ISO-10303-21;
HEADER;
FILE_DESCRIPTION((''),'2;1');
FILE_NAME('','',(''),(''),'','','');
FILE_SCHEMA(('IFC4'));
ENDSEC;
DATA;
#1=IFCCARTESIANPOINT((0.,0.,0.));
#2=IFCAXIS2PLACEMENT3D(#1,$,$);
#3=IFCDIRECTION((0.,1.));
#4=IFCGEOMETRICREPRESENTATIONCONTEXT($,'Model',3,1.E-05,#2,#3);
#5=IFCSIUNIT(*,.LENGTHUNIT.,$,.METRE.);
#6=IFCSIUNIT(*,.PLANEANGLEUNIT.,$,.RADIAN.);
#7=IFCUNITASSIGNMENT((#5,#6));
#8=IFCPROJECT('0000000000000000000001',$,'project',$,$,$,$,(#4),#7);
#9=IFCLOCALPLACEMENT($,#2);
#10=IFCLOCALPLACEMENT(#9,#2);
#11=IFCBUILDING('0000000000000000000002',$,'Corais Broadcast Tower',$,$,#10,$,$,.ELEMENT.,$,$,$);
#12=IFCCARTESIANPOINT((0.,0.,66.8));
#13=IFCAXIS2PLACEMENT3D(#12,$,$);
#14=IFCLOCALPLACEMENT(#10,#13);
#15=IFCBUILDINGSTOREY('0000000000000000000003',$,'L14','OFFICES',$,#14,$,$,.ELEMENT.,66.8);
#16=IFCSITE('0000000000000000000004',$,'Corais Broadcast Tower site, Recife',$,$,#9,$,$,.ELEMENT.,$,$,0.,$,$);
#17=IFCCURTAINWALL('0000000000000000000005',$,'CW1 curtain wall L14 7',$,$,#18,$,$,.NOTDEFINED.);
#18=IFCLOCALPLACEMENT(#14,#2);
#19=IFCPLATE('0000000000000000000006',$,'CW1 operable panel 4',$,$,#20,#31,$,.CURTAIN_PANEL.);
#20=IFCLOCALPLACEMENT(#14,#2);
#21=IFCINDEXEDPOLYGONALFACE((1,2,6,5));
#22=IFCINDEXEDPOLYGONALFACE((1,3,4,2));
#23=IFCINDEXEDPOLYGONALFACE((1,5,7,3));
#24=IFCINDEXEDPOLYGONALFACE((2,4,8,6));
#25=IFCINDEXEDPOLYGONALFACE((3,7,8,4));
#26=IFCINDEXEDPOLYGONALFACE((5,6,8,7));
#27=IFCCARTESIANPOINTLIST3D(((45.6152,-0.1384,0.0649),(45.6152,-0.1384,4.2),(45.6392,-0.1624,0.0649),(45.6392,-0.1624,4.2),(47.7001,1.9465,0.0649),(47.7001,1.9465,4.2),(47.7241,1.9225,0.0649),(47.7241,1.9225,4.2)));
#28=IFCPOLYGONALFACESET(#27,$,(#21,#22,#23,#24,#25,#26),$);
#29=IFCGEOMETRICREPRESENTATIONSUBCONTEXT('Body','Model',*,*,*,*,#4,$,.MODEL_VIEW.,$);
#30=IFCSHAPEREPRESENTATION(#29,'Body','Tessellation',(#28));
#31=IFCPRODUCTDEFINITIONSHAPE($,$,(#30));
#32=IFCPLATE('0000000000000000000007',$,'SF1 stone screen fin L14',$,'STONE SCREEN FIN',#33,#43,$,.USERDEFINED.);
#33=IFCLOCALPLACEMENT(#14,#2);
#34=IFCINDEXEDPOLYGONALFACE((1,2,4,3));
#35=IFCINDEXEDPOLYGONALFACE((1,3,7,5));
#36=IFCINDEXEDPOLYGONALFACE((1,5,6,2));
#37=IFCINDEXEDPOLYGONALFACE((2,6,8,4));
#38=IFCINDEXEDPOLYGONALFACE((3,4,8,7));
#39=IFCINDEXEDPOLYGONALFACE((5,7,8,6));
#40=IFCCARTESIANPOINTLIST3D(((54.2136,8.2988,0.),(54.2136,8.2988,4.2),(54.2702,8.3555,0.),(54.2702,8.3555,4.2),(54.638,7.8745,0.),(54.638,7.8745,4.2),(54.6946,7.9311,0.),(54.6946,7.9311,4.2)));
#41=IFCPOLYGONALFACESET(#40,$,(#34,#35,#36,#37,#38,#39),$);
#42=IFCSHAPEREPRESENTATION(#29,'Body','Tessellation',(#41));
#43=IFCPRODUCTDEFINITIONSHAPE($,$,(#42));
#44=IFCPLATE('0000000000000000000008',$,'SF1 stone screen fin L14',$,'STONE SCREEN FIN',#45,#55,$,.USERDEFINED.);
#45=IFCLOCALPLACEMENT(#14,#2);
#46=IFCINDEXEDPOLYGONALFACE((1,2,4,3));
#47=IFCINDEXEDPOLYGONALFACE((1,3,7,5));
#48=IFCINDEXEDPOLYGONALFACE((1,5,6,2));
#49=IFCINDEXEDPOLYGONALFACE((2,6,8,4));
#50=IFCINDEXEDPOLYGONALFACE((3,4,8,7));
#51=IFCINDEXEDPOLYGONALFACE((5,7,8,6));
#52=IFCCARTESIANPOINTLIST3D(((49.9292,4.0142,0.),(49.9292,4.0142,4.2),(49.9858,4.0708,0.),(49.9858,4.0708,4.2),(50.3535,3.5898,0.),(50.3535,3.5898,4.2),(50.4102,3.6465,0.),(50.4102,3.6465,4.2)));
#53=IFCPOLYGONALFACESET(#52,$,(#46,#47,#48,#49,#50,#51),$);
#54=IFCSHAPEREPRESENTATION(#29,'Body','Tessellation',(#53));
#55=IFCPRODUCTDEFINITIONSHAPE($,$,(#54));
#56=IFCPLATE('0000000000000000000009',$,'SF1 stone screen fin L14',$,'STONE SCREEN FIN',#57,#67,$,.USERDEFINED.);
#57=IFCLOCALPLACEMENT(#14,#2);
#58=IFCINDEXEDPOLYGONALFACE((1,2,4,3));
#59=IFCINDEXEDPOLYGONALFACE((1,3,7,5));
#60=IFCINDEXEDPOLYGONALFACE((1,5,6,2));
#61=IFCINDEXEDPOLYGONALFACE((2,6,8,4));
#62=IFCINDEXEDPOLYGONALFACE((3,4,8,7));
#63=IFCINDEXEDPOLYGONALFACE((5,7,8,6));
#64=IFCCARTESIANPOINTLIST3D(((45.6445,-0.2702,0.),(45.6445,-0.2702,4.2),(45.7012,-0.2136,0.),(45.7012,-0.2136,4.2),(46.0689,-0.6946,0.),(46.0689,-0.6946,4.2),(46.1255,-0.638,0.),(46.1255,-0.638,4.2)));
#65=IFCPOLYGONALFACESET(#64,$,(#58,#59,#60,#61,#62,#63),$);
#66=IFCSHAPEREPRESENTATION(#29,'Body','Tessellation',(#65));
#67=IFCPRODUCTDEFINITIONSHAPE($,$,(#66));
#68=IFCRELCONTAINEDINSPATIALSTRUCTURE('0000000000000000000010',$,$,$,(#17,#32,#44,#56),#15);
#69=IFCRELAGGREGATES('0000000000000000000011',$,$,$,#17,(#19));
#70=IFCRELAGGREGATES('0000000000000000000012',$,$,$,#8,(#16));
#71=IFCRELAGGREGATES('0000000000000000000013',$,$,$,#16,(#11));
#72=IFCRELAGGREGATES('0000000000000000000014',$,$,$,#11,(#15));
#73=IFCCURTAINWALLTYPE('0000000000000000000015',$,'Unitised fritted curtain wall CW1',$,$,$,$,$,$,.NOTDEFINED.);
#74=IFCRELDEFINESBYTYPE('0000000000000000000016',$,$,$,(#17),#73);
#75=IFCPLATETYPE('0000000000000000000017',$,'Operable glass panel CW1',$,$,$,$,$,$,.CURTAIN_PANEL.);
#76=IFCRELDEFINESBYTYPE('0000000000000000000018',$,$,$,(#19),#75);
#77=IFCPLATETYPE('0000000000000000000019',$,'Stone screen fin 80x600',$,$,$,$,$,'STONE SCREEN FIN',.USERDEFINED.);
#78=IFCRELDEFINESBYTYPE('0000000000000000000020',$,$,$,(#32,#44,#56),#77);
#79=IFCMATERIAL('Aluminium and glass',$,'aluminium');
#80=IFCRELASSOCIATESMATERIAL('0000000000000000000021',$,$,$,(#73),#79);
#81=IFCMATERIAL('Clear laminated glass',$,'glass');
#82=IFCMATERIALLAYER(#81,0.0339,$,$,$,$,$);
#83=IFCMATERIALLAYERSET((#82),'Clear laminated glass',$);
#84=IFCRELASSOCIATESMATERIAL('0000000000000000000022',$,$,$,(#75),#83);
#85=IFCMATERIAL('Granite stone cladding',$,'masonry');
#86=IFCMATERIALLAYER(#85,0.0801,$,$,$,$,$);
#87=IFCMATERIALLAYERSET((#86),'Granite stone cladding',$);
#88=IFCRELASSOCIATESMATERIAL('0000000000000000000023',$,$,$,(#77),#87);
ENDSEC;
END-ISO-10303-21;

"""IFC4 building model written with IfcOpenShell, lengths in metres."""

from ifc_helpers import new_model, si_unit, direction, frame, origin, origin_2d, place, context, subcontext, project, spatial, rectangle, extrude, material, layer, layer_set, type_object, element, aggregate, save


model = new_model("IFC4")

# Units and contexts
model_context = context("Model", 3, precision=1e-05, world=origin(), true_north=direction((0.0, 1.0)))
body_context = subcontext(model_context, "Body", "Model", "MODEL_VIEW")
ifc_project = project(units=[si_unit("LENGTHUNIT", "METRE"), si_unit("PLANEANGLEUNIT", "RADIAN")], contexts=[model_context])

# Site, building, storey
site_placement = place(None, origin())
site = spatial("IfcSite", under=ifc_project, at=site_placement, Name="Corais Broadcast Tower site, Recife", CompositionType="ELEMENT", RefElevation=0.0)
building_placement = place(site_placement, origin())
building = spatial("IfcBuilding", under=site, at=building_placement, Name="Corais Broadcast Tower", CompositionType="ELEMENT")
storey_placement = place(building_placement, frame((0.0, 0.0, 66.8)))
storey = spatial("IfcBuildingStorey", under=building, at=storey_placement, Name="L14", Description="OFFICES", CompositionType="ELEMENT", Elevation=66.8)

# Shared definitions
ifc_material_1 = material(Name="Aluminium and glass", Category="aluminium")
curtain_wall_type = type_object("IfcCurtainWallType", Name="Unitised fritted curtain wall CW1", PredefinedType="NOTDEFINED", material=ifc_material_1)

# Curtain wall
curtain_wall_1_placement = place(storey_placement, origin())
curtain_wall_1 = element("IfcCurtainWall", 1, at=curtain_wall_1_placement, inside=storey, type_object=curtain_wall_type, Name="CW1 curtain wall L14 7", PredefinedType="NOTDEFINED")

# Plate
ifc_material_2 = material(Name="Clear laminated glass", Category="glass")
ifc_layer_1 = layer(ifc_material_2, 0.0339)
ifc_layer_set_1 = layer_set([ifc_layer_1], Name="Clear laminated glass")
plate_type_1 = type_object("IfcPlateType", Name="Operable glass panel CW1", PredefinedType="CURTAIN_PANEL", material=ifc_layer_set_1)
plate_1_placement = place(storey_placement, frame((46.6697, 0.8921, 0.0649), z_axis=(0.0, 0.0, 1.0), x_axis=(-0.707107, -0.707107, 0.0)))
plate_1 = element("IfcPlate", 2, at=plate_1_placement, type_object=plate_type_1, Name="CW1 operable panel 4", PredefinedType="CURTAIN_PANEL", context=body_context, shape_type="SweptSolid", body=[
    extrude(rectangle(XDim=2.9485, YDim=0.0339, at=origin_2d()), origin(), (0.0, 0.0, 1.0), 4.135),
])
aggregate(curtain_wall_1, [plate_1])

# Plates
ifc_material_3 = material(Name="Granite stone cladding", Category="masonry")
ifc_layer_2 = layer(ifc_material_3, 0.0801)
ifc_layer_set_2 = layer_set([ifc_layer_2], Name="Granite stone cladding")
plate_type_2 = type_object("IfcPlateType", Name="Stone screen fin 80x600", ElementType="STONE SCREEN FIN", PredefinedType="USERDEFINED", material=ifc_layer_set_2)
for number, where, z_axis, x_axis, name in (
    (3, (54.4541, 8.115, 0.0), (0.0, 0.0, 1.0), (-0.707107, -0.707107, 0.0), "SF1 stone screen fin L14"),
    (4, (50.1697, 3.8303, 0.0), (0.0, 0.0, 1.0), (-0.707107, -0.707107, 0.0), "SF1 stone screen fin L14"),
    (5, (45.885, -0.4541, 0.0), (0.0, 0.0, 1.0), (-0.707107, -0.707107, 0.0), "SF1 stone screen fin L14"),
):
    element("IfcPlate", number, at=place(storey_placement, frame(where, z_axis=z_axis, x_axis=x_axis)), inside=storey, type_object=plate_type_2, Name=name, ObjectType="STONE SCREEN FIN", PredefinedType="USERDEFINED", context=body_context, shape_type="SweptSolid", body=[
        extrude(rectangle(XDim=0.0801, YDim=0.6001, at=origin_2d()), origin(), (0.0, 0.0, 1.0), 4.2),
    ])

save(model, "model.ifc")
